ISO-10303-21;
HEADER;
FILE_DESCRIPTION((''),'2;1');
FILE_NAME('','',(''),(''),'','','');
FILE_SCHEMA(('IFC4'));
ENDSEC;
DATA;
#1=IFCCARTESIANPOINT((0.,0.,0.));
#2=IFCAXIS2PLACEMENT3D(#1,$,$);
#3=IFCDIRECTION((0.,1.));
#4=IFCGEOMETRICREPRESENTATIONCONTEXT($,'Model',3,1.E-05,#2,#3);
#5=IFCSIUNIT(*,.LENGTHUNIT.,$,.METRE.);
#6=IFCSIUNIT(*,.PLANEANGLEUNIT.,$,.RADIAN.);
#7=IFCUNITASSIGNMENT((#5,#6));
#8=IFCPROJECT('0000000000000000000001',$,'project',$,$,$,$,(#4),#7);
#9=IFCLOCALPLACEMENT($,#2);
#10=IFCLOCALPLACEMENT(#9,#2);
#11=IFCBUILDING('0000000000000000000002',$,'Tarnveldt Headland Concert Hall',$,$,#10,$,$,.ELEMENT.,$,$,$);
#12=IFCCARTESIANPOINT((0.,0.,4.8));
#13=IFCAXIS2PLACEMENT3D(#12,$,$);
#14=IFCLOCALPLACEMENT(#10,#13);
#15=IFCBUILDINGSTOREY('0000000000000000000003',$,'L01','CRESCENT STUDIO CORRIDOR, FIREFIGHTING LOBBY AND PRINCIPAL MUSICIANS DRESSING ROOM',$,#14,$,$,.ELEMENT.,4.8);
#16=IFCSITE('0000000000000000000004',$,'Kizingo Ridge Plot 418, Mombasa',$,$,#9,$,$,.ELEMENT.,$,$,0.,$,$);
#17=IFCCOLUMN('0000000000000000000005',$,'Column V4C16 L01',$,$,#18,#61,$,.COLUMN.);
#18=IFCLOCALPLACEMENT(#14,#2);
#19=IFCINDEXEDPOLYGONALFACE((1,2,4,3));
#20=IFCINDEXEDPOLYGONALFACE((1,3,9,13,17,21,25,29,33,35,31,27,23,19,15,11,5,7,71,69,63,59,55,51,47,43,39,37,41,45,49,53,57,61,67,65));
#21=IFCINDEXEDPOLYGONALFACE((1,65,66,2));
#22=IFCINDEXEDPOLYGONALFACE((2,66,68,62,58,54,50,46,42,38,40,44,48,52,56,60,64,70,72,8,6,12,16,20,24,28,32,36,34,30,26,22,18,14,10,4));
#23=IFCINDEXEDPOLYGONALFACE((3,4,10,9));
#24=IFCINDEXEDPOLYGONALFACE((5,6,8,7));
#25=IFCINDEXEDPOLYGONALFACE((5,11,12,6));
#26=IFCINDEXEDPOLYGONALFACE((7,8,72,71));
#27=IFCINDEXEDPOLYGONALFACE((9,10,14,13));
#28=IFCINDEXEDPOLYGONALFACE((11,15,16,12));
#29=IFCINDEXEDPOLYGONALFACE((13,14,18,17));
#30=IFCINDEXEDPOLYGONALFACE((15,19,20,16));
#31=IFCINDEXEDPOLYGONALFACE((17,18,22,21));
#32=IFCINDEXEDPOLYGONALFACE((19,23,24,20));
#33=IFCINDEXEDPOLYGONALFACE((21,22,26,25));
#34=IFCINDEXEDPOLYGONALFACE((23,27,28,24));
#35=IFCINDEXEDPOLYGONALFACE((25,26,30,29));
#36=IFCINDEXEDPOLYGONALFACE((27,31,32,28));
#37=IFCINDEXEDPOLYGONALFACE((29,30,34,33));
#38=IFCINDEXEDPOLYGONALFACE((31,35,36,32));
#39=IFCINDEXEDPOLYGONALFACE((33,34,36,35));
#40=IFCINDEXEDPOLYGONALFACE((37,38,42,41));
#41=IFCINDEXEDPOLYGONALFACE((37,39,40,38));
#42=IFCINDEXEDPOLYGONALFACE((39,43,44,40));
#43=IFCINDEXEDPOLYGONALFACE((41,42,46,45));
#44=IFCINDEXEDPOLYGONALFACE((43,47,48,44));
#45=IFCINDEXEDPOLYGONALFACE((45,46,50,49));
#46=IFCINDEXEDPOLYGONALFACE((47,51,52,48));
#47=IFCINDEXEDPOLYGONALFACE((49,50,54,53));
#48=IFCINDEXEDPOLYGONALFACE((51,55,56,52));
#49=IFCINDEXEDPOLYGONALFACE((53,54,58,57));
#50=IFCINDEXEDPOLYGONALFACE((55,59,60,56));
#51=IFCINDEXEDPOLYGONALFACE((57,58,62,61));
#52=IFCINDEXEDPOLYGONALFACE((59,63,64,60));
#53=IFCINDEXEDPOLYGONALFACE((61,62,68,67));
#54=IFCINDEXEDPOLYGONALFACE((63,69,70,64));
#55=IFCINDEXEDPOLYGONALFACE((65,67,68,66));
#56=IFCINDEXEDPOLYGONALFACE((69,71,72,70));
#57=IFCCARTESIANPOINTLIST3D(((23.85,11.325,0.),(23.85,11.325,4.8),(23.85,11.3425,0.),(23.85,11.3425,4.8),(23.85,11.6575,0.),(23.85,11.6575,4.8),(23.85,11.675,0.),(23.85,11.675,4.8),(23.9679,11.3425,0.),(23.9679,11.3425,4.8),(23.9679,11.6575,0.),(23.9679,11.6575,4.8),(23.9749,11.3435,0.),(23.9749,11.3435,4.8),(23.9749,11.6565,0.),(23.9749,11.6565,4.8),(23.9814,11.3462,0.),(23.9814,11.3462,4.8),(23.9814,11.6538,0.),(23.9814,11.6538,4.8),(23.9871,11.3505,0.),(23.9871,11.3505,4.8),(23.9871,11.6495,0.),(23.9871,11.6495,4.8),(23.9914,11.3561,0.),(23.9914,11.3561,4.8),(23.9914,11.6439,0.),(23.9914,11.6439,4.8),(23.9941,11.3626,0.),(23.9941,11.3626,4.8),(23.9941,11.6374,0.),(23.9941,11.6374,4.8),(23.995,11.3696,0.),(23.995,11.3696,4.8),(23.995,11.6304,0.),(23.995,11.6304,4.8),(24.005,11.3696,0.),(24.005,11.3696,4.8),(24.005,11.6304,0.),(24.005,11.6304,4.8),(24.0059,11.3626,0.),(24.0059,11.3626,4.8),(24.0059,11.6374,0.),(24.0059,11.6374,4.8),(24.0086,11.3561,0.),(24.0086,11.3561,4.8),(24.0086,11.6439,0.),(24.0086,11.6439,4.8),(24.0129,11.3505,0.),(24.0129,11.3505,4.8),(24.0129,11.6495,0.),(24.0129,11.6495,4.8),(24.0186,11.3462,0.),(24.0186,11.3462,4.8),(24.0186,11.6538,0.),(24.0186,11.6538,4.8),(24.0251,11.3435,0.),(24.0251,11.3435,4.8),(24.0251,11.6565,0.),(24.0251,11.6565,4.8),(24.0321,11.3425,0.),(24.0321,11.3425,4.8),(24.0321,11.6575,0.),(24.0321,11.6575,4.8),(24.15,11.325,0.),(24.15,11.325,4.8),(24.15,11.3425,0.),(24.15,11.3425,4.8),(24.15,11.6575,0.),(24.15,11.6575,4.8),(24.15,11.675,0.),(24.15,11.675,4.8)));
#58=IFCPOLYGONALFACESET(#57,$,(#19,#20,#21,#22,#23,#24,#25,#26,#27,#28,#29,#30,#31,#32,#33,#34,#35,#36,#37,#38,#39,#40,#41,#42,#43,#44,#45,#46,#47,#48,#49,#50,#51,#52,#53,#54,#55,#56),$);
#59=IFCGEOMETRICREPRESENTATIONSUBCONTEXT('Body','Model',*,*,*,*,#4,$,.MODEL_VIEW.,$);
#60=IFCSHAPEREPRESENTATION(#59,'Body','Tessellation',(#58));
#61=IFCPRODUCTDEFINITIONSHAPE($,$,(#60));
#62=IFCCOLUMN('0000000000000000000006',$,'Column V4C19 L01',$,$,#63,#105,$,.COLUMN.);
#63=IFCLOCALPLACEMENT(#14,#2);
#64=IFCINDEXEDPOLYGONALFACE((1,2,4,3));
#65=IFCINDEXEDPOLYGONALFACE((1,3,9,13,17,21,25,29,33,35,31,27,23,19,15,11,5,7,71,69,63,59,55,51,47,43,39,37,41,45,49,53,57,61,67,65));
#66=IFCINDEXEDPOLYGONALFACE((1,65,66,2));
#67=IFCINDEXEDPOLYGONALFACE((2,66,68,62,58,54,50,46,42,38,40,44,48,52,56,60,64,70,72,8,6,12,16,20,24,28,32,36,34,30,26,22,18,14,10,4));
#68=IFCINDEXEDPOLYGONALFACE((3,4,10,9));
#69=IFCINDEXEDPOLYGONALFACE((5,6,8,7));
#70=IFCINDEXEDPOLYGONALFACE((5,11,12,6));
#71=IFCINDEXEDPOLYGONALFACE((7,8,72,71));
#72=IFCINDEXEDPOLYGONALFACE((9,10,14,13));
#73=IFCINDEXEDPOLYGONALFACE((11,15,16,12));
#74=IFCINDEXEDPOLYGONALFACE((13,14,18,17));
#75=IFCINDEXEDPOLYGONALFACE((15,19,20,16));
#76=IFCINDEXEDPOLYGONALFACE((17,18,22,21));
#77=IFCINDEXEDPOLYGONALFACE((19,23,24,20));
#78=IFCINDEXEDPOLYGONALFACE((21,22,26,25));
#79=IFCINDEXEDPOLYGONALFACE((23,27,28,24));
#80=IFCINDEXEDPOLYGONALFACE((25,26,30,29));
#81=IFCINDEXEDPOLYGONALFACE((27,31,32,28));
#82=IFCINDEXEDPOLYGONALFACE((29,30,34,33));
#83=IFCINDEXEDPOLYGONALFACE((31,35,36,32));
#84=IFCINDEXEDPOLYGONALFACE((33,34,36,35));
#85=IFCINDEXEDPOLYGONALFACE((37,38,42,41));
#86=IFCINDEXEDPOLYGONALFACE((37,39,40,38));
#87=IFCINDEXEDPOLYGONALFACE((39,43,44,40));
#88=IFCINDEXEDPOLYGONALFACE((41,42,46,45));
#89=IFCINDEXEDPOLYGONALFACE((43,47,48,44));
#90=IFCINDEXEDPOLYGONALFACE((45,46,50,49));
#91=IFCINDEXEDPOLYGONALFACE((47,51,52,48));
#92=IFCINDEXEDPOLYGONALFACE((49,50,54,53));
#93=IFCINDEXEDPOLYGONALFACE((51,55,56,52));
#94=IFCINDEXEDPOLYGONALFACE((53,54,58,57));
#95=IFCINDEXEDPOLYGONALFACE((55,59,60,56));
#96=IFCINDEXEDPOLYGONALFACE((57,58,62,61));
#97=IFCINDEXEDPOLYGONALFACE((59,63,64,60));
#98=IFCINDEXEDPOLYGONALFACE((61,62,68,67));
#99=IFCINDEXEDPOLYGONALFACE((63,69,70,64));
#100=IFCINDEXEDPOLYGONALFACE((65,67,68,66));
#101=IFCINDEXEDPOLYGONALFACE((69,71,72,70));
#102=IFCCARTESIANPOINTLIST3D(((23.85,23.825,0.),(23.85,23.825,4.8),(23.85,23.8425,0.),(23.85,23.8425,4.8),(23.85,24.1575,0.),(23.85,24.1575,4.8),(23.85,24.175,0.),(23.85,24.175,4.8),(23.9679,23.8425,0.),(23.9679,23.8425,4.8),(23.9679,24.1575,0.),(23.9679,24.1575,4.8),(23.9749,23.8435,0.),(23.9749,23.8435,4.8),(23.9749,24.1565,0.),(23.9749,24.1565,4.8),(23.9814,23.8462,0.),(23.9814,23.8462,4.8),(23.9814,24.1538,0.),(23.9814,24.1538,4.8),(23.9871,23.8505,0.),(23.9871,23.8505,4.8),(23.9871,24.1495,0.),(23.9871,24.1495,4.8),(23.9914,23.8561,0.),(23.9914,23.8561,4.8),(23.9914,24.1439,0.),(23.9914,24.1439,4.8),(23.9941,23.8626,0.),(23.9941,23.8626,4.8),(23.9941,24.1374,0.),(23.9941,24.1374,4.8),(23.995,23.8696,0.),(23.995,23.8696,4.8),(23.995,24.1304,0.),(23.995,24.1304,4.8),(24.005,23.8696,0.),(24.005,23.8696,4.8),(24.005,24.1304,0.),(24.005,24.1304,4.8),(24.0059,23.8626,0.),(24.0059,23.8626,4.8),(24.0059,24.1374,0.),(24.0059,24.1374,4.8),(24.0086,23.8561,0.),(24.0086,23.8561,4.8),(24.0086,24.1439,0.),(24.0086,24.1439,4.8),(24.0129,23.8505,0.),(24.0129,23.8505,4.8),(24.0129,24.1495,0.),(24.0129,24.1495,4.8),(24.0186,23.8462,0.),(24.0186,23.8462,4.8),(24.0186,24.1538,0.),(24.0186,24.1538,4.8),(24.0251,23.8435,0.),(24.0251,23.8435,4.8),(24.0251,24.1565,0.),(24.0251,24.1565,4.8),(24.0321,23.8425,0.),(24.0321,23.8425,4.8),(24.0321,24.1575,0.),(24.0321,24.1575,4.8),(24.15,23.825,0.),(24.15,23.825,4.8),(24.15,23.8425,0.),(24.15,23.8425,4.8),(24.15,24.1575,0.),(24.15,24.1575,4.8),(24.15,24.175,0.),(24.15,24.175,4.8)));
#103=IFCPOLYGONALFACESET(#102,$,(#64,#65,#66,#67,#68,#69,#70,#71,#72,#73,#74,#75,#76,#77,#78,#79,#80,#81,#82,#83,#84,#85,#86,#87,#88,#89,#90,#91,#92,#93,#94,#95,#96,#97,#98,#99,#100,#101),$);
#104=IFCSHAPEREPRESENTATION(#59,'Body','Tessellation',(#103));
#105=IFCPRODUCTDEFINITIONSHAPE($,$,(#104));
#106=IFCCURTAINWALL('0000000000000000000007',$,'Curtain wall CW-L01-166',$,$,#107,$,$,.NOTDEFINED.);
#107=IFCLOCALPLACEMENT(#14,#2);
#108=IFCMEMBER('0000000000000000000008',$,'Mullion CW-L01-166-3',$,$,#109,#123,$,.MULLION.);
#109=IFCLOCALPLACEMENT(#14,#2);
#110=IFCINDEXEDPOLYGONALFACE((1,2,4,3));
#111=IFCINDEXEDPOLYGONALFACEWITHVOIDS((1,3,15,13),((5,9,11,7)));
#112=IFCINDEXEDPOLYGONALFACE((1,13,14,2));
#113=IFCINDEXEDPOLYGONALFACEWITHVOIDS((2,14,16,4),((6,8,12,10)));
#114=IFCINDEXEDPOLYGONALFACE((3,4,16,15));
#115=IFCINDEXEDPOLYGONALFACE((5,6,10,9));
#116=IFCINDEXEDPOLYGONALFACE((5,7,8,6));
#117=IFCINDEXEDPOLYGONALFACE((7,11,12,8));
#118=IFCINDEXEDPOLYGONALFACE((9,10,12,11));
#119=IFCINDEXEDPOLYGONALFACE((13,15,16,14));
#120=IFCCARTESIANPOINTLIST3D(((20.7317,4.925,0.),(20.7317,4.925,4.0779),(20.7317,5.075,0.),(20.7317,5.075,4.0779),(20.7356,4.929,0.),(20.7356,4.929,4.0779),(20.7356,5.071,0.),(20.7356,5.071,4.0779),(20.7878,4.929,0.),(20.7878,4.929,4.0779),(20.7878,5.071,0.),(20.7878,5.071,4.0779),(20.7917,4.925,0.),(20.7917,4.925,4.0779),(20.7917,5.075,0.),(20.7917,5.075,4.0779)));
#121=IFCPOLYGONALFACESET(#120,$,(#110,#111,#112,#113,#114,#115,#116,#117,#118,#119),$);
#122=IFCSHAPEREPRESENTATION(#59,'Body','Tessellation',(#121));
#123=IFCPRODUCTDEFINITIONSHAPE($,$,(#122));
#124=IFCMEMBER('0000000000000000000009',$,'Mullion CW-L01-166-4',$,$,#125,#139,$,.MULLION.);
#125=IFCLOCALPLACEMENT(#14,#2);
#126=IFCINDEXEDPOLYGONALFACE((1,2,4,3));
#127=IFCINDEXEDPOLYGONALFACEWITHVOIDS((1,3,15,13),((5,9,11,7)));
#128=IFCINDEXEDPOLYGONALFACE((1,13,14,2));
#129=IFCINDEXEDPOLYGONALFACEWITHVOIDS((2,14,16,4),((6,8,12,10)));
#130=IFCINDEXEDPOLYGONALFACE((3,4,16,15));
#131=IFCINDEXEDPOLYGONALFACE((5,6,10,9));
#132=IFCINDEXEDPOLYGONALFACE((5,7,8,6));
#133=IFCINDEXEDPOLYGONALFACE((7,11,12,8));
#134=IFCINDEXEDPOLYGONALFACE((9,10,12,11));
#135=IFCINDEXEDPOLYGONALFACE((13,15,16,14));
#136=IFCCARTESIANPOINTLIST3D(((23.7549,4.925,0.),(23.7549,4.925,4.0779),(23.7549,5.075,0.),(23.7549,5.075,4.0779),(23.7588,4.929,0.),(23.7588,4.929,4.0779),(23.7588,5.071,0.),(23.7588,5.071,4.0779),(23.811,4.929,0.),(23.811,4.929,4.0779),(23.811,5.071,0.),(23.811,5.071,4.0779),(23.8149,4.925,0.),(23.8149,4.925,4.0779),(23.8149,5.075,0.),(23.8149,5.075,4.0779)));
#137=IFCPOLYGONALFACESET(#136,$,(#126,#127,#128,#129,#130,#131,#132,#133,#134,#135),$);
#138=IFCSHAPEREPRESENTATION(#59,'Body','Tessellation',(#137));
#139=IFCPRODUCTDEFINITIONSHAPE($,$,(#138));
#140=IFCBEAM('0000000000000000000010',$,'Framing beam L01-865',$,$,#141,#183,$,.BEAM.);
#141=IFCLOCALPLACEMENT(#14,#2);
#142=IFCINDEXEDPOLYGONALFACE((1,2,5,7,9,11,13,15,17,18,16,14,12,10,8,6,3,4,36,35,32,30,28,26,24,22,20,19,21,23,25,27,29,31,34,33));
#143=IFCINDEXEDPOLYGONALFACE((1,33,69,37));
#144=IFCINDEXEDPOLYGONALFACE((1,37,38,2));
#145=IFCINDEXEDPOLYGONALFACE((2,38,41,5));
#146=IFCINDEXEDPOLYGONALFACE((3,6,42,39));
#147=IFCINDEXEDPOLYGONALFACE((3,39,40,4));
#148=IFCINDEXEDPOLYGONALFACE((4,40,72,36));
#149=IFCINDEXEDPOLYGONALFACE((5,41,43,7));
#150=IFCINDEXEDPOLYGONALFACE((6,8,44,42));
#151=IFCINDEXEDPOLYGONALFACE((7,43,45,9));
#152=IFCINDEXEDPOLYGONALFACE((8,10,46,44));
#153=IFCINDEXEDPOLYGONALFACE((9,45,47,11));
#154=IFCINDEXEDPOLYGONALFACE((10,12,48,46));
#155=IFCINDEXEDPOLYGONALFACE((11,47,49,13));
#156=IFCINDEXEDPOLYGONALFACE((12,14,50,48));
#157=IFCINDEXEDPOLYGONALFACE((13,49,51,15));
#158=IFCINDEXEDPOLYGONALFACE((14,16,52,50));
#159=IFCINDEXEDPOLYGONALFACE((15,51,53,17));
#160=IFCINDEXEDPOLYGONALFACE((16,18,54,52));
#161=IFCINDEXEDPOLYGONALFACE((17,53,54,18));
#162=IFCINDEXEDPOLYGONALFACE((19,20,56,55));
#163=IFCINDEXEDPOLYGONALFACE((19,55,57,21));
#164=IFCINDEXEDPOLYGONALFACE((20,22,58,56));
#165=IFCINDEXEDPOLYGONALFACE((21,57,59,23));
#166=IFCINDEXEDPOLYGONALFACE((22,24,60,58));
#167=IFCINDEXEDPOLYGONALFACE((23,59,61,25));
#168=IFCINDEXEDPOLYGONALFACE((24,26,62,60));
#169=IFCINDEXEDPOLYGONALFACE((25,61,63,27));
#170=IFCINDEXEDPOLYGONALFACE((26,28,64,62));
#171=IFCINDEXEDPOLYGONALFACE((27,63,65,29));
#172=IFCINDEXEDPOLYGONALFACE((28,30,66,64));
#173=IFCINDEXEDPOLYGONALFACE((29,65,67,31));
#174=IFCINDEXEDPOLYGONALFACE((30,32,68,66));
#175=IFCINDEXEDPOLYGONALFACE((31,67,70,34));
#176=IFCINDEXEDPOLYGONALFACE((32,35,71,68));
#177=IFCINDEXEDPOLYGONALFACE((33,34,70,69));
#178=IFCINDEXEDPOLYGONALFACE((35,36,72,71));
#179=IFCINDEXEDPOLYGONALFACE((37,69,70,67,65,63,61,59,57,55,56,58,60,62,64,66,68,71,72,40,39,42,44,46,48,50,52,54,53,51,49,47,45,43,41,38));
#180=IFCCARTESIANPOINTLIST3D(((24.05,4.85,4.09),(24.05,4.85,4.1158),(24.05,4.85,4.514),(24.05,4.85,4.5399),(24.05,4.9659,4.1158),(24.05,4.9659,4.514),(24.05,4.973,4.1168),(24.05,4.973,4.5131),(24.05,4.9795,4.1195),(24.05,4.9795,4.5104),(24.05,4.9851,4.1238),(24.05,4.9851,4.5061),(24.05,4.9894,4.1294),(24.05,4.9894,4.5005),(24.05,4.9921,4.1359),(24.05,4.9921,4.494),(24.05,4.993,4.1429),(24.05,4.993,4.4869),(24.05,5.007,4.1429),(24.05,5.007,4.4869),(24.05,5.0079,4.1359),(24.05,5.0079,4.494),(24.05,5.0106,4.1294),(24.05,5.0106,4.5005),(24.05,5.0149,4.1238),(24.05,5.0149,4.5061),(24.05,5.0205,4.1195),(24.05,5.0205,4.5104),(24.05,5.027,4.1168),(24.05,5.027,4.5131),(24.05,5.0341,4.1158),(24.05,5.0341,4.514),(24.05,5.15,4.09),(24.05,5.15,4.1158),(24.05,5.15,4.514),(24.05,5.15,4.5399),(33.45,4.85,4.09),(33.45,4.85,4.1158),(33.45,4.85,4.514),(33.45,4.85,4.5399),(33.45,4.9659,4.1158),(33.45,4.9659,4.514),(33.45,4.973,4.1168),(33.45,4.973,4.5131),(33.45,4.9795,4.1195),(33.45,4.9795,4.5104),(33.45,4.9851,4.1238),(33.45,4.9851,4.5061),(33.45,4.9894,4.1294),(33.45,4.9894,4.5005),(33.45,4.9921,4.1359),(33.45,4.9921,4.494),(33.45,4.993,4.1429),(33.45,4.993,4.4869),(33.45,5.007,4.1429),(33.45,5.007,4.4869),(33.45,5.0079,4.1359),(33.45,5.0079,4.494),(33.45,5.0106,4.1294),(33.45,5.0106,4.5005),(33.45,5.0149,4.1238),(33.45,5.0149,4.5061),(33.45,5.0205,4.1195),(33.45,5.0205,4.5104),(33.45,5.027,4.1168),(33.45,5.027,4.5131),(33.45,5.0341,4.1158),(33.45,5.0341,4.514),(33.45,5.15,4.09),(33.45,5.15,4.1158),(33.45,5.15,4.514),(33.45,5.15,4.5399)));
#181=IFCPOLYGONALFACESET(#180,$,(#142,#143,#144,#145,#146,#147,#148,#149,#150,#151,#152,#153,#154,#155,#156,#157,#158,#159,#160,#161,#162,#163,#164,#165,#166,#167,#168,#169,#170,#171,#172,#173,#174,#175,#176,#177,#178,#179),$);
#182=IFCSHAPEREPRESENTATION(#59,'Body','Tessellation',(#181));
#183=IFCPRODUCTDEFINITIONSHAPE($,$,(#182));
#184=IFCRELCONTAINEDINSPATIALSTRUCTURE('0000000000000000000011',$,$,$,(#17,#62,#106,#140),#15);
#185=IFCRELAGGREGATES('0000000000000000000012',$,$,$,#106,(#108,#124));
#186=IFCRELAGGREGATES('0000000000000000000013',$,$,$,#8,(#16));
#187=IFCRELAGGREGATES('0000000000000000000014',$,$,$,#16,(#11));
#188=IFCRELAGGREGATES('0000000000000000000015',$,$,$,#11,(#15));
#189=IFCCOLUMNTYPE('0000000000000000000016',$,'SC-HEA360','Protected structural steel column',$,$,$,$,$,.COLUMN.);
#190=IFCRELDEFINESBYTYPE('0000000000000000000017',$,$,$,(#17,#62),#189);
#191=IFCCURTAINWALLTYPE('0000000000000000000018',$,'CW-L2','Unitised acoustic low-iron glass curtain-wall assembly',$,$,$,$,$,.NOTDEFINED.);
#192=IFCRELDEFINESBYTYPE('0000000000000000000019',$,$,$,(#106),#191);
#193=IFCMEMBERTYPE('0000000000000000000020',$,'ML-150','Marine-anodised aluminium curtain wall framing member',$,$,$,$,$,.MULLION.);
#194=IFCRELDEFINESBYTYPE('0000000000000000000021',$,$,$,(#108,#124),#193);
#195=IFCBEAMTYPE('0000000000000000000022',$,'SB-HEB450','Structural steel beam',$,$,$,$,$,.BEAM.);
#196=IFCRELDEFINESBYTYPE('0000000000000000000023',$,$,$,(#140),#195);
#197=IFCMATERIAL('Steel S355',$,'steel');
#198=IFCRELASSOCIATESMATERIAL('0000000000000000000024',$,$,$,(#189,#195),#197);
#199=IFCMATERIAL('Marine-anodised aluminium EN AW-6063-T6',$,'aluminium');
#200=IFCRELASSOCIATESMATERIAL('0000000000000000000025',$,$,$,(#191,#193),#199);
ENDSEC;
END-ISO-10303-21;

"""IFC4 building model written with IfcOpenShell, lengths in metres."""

from ifc_helpers import new_model, si_unit, direction, frame, origin, origin_2d, place, context, subcontext, project, spatial, hollow_rectangle, i_section, extrude, material, material_profile, profile_set, type_object, element, aggregate, save


model = new_model("IFC4")

# Units and contexts
model_context = context("Model", 3, precision=1e-05, world=origin(), true_north=direction((0.0, 1.0)))
body_context = subcontext(model_context, "Body", "Model", "MODEL_VIEW")
ifc_project = project(units=[si_unit("LENGTHUNIT", "METRE"), si_unit("PLANEANGLEUNIT", "RADIAN")], contexts=[model_context])

# Site, building, storey
site_placement = place(None, origin())
site = spatial("IfcSite", under=ifc_project, at=site_placement, Name="Kizingo Ridge Plot 418, Mombasa", CompositionType="ELEMENT", RefElevation=0.0)
building_placement = place(site_placement, origin())
building = spatial("IfcBuilding", under=site, at=building_placement, Name="Tarnveldt Headland Concert Hall", CompositionType="ELEMENT")
storey_placement = place(building_placement, frame((0.0, 0.0, 4.8)))
storey = spatial("IfcBuildingStorey", under=building, at=storey_placement, Name="L01", Description="CRESCENT STUDIO CORRIDOR, FIREFIGHTING LOBBY AND PRINCIPAL MUSICIANS DRESSING ROOM", CompositionType="ELEMENT", Elevation=4.8)

# Columns
ifc_material_1 = material(Name="Steel S355", Category="steel")
ifc_material_profile_1 = material_profile(ifc_material_1, i_section(OverallWidth=0.3, OverallDepth=0.3501, WebThickness=0.01, FlangeThickness=0.0176, FilletRadius=0.0271, at=origin_2d()), Name="HEA360", Category="steel")
ifc_profile_set_1 = profile_set([ifc_material_profile_1], Name="Steel S355")
column_type_1 = type_object("IfcColumnType", Name="SC-HEA360", Description="Protected structural steel column", PredefinedType="COLUMN", material=ifc_profile_set_1)
for number, where, z_axis, x_axis, name in (
    (1, (24.0, 11.5, 0.0), (0.0, 0.0, 1.0), (1.0, 0.0, 0.0), "Column V4C16 L01"),
    (2, (24.0, 24.0, 0.0), (0.0, 0.0, 1.0), (1.0, 0.0, 0.0), "Column V4C19 L01"),
):
    element("IfcColumn", number, at=place(storey_placement, frame(where, z_axis=z_axis, x_axis=x_axis)), inside=storey, type_object=column_type_1, Name=name, PredefinedType="COLUMN", context=body_context, shape_type="SweptSolid", body=[
        extrude(i_section(OverallWidth=0.3, OverallDepth=0.3501, WebThickness=0.01, FlangeThickness=0.0176, FilletRadius=0.0271, at=origin_2d()), origin(), (0.0, 0.0, 1.0), 4.8),
    ])

# Curtain wall, members
ifc_material_2 = material(Name="Marine-anodised aluminium EN AW-6063-T6", Category="aluminium")
curtain_wall_type = type_object("IfcCurtainWallType", Name="CW-L2", Description="Unitised acoustic low-iron glass curtain-wall assembly", PredefinedType="NOTDEFINED", material=ifc_material_2)
curtain_wall_placement = place(storey_placement, origin())
curtain_wall = element("IfcCurtainWall", 3, at=curtain_wall_placement, inside=storey, type_object=curtain_wall_type, Name="Curtain wall CW-L01-166", PredefinedType="NOTDEFINED")
ifc_material_profile_2 = material_profile(ifc_material_2, hollow_rectangle(XDim=0.0601, YDim=0.1499, WallThickness=0.0039, at=origin_2d()), Name="ALU MULLION 60x150x4", Category="aluminium")
ifc_profile_set_2 = profile_set([ifc_material_profile_2], Name="Marine-anodised aluminium EN AW-6063-T6")
member_type_1 = type_object("IfcMemberType", Name="ML-150", Description="Marine-anodised aluminium curtain wall framing member", PredefinedType="MULLION", material=ifc_profile_set_2)
member_1_placement = place(storey_placement, frame((20.7617, 5.0, 0.0), z_axis=(0.0, 0.0, 1.0), x_axis=(1.0, 0.0, 0.0)))
member_1 = element("IfcMember", 4, at=member_1_placement, type_object=member_type_1, Name="Mullion CW-L01-166-3", PredefinedType="MULLION", context=body_context, shape_type="SweptSolid", body=[
    extrude(hollow_rectangle(XDim=0.0601, YDim=0.1499, WallThickness=0.0039, at=origin_2d()), origin(), (0.0, 0.0, 1.0), 4.0779),
])
member_2_placement = place(storey_placement, frame((23.7849, 5.0, 0.0), z_axis=(0.0, 0.0, 1.0), x_axis=(1.0, 0.0, 0.0)))
member_2 = element("IfcMember", 5, at=member_2_placement, type_object=member_type_1, Name="Mullion CW-L01-166-4", PredefinedType="MULLION", context=body_context, shape_type="SweptSolid", body=[
    extrude(hollow_rectangle(XDim=0.0601, YDim=0.1499, WallThickness=0.0039, at=origin_2d()), origin(), (0.0, 0.0, 1.0), 4.0779),
])

# Beam
ifc_material_profile_3 = material_profile(ifc_material_1, i_section(OverallWidth=0.3, OverallDepth=0.45, WebThickness=0.0139, FlangeThickness=0.0259, FilletRadius=0.0271, at=origin_2d()), Name="HEB450", Category="steel")
ifc_profile_set_3 = profile_set([ifc_material_profile_3], Name="Steel S355")
beam_type_1 = type_object("IfcBeamType", Name="SB-HEB450", Description="Structural steel beam", PredefinedType="BEAM", material=ifc_profile_set_3)
for number, where, z_axis, x_axis, name in (
    (6, (24.05, 5.0, 4.3149), (1.0, 0.0, 0.0), (0.0, 1.0, 0.0), "Framing beam L01-865"),
):
    element("IfcBeam", number, at=place(storey_placement, frame(where, z_axis=z_axis, x_axis=x_axis)), inside=storey, type_object=beam_type_1, Name=name, PredefinedType="BEAM", context=body_context, shape_type="SweptSolid", body=[
        extrude(i_section(OverallWidth=0.3, OverallDepth=0.45, WebThickness=0.0139, FlangeThickness=0.0259, FilletRadius=0.0271, at=origin_2d()), origin(), (0.0, 0.0, 1.0), 9.3999),
    ])

aggregate(curtain_wall, [member_1, member_2])

save(model, "model.ifc")
